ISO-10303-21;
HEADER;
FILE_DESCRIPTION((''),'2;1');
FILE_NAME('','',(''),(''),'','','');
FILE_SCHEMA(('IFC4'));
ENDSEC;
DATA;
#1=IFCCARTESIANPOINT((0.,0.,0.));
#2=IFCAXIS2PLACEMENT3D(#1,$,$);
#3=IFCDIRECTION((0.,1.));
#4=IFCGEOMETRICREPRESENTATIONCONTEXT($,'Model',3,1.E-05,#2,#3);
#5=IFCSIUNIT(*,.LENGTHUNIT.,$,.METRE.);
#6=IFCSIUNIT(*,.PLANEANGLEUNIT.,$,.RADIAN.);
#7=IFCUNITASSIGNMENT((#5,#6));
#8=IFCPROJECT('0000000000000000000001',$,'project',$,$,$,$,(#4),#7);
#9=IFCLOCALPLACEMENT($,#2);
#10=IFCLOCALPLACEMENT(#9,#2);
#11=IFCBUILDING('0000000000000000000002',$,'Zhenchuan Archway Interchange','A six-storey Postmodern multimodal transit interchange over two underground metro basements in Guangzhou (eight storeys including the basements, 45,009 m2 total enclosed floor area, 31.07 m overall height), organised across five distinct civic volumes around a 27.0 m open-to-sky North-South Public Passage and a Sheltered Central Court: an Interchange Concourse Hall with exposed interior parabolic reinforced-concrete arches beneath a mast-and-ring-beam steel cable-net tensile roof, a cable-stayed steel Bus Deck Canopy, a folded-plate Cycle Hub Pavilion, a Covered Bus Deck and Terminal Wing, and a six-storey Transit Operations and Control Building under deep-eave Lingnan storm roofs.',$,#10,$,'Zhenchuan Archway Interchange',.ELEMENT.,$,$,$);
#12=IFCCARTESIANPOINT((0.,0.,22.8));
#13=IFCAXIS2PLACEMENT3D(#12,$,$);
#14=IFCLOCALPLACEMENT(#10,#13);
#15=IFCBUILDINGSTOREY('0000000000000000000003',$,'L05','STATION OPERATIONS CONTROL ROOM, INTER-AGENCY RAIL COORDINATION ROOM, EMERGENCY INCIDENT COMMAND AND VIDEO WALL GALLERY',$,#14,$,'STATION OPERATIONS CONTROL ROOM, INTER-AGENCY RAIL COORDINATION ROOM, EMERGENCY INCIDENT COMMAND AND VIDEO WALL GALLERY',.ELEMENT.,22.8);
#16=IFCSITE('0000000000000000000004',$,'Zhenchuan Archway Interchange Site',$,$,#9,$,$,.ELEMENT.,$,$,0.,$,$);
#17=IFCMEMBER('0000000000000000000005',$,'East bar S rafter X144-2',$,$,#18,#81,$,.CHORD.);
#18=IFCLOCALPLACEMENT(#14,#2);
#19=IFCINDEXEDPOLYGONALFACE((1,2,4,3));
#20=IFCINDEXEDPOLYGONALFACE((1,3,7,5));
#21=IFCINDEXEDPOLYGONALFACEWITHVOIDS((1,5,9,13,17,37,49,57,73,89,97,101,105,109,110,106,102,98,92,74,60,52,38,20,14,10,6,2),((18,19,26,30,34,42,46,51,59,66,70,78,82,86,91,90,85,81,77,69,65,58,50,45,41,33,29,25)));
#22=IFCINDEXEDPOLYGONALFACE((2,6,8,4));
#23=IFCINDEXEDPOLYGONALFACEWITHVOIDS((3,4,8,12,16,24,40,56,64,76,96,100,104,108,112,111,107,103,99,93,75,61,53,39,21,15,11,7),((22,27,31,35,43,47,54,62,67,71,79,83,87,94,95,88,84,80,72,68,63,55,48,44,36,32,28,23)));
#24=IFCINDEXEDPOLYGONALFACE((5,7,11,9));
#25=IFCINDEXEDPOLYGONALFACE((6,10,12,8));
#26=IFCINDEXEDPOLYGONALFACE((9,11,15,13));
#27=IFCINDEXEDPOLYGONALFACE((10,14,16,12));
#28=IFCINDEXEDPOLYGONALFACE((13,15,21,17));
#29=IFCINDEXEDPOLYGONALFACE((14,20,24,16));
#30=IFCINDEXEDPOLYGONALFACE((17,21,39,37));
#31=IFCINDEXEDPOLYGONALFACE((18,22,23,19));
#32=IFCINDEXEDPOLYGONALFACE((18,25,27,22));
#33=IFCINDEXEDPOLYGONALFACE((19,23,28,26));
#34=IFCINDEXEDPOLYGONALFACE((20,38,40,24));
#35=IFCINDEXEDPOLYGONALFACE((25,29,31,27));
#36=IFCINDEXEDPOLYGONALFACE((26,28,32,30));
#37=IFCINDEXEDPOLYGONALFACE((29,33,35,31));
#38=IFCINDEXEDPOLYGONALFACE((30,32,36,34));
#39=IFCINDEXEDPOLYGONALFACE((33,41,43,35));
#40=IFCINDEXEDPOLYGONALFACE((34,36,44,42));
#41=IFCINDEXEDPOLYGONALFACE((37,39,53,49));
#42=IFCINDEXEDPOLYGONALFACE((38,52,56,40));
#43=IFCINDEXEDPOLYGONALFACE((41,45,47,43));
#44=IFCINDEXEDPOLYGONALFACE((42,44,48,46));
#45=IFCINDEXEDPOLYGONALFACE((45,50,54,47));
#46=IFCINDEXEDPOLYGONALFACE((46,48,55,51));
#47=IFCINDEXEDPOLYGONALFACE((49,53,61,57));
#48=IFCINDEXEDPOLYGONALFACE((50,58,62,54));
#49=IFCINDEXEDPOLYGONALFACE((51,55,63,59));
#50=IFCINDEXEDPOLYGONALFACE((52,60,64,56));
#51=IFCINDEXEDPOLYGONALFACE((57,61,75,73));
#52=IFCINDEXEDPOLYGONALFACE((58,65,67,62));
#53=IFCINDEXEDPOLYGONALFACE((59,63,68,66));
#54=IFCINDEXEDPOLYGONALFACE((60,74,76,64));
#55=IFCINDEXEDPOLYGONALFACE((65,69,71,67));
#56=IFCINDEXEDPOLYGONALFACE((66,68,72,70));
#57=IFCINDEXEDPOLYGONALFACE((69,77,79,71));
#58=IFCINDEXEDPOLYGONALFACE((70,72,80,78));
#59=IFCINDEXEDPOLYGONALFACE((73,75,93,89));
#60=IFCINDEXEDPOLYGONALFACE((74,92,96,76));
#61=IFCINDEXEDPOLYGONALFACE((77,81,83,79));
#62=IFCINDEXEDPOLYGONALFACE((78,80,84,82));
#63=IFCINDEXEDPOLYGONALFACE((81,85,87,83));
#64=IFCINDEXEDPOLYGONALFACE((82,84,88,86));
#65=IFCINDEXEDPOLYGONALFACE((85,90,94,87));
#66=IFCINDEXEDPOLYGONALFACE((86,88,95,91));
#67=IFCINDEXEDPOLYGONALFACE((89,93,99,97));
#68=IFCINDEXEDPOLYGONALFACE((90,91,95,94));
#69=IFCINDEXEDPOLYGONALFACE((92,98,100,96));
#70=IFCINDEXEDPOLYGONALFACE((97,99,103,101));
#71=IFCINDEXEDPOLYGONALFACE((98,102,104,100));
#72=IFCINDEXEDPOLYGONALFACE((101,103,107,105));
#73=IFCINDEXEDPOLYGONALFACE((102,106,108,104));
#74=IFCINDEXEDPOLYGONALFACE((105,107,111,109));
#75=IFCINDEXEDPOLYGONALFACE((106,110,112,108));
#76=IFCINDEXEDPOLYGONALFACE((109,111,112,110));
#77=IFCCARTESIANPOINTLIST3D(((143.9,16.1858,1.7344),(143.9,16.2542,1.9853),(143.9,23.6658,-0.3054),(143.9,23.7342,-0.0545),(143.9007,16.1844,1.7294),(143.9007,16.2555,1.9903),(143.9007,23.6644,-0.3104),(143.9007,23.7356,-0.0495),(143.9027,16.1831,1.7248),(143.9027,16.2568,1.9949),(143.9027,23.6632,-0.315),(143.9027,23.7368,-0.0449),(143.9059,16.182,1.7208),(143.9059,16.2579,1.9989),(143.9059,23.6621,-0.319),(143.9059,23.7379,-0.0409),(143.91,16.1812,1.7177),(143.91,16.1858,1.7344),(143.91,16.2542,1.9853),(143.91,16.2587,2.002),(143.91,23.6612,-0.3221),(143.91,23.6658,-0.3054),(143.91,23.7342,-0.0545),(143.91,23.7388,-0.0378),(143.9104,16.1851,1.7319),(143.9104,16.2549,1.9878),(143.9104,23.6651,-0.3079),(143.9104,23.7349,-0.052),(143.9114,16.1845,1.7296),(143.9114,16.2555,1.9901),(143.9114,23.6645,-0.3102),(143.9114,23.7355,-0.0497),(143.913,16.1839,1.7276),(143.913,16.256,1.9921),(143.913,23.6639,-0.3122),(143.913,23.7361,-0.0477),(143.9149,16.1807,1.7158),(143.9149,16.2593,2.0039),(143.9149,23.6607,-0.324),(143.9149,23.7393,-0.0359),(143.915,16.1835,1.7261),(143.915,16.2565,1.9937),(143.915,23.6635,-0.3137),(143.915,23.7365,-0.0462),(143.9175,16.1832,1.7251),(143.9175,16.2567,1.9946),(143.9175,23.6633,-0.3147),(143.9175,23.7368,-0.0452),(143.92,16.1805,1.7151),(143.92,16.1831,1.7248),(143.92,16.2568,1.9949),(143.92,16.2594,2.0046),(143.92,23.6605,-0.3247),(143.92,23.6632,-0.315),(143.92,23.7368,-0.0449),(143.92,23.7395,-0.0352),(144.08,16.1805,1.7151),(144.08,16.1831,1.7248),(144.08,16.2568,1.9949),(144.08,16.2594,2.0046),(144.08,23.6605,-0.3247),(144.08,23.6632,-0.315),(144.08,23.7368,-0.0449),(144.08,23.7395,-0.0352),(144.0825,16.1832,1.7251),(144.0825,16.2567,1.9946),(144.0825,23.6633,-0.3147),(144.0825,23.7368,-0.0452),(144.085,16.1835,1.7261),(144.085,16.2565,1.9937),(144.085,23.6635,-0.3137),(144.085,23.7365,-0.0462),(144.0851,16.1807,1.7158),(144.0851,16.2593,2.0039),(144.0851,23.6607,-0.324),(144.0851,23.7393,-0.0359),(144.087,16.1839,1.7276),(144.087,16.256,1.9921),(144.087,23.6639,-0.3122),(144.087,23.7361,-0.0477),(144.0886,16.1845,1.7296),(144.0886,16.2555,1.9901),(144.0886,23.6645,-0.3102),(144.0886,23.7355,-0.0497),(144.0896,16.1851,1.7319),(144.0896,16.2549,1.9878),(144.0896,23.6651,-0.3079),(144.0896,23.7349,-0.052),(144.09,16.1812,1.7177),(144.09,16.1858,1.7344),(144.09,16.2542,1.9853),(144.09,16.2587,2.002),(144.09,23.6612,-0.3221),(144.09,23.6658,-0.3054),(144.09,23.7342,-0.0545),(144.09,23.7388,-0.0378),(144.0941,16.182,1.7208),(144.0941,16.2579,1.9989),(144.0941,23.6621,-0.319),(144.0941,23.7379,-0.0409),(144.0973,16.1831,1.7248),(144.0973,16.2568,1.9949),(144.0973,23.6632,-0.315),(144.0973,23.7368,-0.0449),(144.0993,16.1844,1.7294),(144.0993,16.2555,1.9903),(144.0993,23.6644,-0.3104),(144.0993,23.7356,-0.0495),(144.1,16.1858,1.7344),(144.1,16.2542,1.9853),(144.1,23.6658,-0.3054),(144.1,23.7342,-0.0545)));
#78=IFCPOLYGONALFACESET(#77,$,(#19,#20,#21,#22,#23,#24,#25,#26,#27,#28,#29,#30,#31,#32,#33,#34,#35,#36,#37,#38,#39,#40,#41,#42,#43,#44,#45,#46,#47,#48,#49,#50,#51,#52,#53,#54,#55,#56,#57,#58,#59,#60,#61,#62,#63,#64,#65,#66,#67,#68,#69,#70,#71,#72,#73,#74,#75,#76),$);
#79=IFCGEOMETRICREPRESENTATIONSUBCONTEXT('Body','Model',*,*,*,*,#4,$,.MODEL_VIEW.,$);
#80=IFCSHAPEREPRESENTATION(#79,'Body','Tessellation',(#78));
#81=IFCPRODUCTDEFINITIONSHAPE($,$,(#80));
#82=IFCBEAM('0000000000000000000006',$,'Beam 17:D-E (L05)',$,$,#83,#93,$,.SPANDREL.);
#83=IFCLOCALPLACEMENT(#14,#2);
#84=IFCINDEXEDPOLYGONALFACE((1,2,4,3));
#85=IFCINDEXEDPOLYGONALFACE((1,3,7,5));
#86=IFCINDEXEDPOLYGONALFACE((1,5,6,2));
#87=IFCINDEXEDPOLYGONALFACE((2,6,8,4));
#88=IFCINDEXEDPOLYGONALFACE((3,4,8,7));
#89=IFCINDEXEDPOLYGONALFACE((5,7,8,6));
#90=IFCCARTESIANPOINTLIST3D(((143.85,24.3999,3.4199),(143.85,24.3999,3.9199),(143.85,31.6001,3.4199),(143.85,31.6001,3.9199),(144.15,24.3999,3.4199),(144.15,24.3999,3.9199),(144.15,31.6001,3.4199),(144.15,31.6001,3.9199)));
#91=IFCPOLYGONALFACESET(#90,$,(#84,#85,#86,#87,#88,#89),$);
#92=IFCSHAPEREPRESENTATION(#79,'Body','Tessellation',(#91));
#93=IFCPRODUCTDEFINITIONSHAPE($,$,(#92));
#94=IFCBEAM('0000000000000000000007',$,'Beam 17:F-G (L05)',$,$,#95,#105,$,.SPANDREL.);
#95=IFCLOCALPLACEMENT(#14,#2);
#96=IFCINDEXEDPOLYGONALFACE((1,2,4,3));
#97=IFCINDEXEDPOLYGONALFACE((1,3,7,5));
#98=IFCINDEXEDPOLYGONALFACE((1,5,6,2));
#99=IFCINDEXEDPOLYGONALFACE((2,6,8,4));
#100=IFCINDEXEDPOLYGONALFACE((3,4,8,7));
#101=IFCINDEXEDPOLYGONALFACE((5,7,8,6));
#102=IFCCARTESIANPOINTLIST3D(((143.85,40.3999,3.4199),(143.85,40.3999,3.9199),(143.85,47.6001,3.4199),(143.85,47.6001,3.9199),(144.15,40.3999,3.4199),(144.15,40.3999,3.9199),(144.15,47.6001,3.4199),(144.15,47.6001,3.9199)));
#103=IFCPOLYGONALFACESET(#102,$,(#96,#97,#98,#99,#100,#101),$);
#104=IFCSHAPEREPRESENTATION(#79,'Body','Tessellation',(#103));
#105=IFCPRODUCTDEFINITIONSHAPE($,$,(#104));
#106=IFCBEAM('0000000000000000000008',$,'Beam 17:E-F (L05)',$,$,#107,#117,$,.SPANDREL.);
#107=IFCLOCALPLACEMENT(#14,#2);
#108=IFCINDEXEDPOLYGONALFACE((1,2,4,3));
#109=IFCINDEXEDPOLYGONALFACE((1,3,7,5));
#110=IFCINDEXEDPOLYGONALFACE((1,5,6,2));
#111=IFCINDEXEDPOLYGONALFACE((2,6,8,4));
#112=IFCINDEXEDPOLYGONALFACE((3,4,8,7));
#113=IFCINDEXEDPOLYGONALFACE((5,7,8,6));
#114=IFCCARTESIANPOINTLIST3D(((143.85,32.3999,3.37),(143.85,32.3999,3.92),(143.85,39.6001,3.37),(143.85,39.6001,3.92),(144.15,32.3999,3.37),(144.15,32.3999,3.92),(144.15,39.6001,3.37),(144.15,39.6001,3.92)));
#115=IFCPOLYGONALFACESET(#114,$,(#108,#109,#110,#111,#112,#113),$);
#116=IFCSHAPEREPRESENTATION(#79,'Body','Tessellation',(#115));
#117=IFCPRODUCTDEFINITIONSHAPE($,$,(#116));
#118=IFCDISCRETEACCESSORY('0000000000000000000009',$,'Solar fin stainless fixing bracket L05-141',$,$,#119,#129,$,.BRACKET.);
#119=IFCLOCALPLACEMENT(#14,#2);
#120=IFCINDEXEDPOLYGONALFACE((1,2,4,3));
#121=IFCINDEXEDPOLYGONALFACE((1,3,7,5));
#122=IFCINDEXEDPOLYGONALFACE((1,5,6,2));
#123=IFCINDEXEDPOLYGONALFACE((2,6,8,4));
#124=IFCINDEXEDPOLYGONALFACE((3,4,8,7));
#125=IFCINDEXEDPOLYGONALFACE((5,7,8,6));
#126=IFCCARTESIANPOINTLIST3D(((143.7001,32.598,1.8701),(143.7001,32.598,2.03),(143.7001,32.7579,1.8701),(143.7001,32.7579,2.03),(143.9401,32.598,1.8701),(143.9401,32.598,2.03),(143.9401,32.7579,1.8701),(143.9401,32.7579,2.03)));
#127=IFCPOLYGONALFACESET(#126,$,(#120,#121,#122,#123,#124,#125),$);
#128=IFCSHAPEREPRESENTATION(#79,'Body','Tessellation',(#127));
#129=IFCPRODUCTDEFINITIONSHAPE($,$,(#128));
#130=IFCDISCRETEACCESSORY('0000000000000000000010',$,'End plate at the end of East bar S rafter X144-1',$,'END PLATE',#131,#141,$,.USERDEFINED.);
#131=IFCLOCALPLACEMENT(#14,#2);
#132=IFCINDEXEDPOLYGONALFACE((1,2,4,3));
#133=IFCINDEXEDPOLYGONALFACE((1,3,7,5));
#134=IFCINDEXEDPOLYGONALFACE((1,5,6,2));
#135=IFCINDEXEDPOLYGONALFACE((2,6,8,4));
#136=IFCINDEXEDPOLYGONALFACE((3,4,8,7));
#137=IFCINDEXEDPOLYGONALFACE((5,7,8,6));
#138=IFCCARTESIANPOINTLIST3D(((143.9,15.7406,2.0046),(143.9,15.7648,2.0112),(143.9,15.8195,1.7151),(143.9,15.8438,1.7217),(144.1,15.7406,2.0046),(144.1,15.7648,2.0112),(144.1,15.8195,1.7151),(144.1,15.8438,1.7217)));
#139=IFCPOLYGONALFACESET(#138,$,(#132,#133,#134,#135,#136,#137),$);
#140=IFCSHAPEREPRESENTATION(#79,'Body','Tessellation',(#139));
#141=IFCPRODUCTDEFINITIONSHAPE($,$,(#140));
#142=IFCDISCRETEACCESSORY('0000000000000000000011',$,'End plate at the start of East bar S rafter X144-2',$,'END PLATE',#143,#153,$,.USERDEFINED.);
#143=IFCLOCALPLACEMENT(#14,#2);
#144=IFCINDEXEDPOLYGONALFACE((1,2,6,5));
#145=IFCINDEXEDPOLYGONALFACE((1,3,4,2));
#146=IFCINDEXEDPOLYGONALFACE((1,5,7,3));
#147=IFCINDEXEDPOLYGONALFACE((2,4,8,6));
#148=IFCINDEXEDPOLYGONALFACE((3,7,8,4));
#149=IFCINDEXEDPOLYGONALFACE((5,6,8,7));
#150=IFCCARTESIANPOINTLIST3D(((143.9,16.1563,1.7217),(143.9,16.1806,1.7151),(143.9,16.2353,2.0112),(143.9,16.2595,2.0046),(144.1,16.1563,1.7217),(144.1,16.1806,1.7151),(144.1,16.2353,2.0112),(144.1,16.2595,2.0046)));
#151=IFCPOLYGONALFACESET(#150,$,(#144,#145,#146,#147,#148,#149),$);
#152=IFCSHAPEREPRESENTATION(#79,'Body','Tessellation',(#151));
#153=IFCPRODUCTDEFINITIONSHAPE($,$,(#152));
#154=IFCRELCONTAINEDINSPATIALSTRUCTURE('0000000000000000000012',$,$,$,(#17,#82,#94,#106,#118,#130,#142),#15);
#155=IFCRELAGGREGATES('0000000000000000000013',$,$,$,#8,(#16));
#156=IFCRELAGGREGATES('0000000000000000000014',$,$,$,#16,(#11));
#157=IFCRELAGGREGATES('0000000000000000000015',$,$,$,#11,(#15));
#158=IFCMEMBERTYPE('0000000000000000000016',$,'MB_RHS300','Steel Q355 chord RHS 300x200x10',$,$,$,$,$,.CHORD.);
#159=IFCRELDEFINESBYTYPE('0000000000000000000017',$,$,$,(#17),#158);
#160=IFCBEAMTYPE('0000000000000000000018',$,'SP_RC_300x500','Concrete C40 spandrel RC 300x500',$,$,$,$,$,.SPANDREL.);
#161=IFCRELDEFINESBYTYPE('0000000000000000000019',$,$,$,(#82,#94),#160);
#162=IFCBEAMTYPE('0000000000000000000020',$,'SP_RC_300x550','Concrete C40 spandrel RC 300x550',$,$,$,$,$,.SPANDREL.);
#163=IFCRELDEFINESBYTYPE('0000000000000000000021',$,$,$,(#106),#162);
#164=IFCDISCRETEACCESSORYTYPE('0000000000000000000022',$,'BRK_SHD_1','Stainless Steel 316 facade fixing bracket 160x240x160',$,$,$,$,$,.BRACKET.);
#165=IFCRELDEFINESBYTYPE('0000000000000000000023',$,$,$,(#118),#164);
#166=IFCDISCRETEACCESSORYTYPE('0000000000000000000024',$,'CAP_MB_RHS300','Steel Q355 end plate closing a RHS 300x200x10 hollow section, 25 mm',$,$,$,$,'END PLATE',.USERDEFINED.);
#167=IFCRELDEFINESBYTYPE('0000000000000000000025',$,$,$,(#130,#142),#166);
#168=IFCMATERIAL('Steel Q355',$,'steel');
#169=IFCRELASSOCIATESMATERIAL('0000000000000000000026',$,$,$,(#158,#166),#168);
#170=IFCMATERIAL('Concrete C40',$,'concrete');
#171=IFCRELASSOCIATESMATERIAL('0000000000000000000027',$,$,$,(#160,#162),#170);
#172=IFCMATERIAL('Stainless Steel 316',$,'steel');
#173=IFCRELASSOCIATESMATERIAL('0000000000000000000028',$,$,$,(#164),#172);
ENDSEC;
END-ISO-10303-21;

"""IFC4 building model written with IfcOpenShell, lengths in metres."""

from ifc_helpers import new_model, si_unit, direction, frame, origin, origin_2d, place, context, subcontext, project, spatial, rectangle, hollow_rectangle, extrude, material, material_profile, profile_set, type_object, element, save


model = new_model("IFC4")

# Units and contexts
model_context = context("Model", 3, precision=1e-05, world=origin(), true_north=direction((0.0, 1.0)))
body_context = subcontext(model_context, "Body", "Model", "MODEL_VIEW")
ifc_project = project(units=[si_unit("LENGTHUNIT", "METRE"), si_unit("PLANEANGLEUNIT", "RADIAN")], contexts=[model_context])

# Site, building, storey
site_placement = place(None, origin())
site = spatial("IfcSite", under=ifc_project, at=site_placement, Name="Zhenchuan Archway Interchange Site", CompositionType="ELEMENT", RefElevation=0.0)
building_placement = place(site_placement, origin())
building = spatial("IfcBuilding", under=site, at=building_placement, Name="Zhenchuan Archway Interchange", Description="A six-storey Postmodern multimodal transit interchange over two underground metro basements in Guangzhou (eight storeys including the basements, 45,009 m2 total enclosed floor area, 31.07 m overall height), organised across five distinct civic volumes around a 27.0 m open-to-sky North-South Public Passage and a Sheltered Central Court: an Interchange Concourse Hall with exposed interior parabolic reinforced-concrete arches beneath a mast-and-ring-beam steel cable-net tensile roof, a cable-stayed steel Bus Deck Canopy, a folded-plate Cycle Hub Pavilion, a Covered Bus Deck and Terminal Wing, and a six-storey Transit Operations and Control Building under deep-eave Lingnan storm roofs.", LongName="Zhenchuan Archway Interchange", CompositionType="ELEMENT")
storey_placement = place(building_placement, frame((0.0, 0.0, 22.8)))
storey = spatial("IfcBuildingStorey", under=building, at=storey_placement, Name="L05", Description="STATION OPERATIONS CONTROL ROOM, INTER-AGENCY RAIL COORDINATION ROOM, EMERGENCY INCIDENT COMMAND AND VIDEO WALL GALLERY", LongName="STATION OPERATIONS CONTROL ROOM, INTER-AGENCY RAIL COORDINATION ROOM, EMERGENCY INCIDENT COMMAND AND VIDEO WALL GALLERY", CompositionType="ELEMENT", Elevation=22.8)

# Shared definitions
ifc_material_1 = material(Name="Concrete C40", Category="concrete")
ifc_material_2 = material(Name="Steel Q355", Category="steel")

# Member
ifc_material_profile_1 = material_profile(ifc_material_2, hollow_rectangle(XDim=0.2, YDim=0.3, WallThickness=0.01, InnerFilletRadius=0.01, OuterFilletRadius=0.02, at=origin_2d()), Name="RHS 300x200x10")
ifc_profile_set_1 = profile_set([ifc_material_profile_1], Name="Steel Q355")
member_type_1 = type_object("IfcMemberType", Name="MB_RHS300", Description="Steel Q355 chord RHS 300x200x10", PredefinedType="CHORD", material=ifc_profile_set_1)
for number, where, z_axis, x_axis, name in (
    (1, (144.0, 16.22, 1.8599), (0.0, 0.96477, -0.263093), (-1.0, 0.0, 0.0), "East bar S rafter X144-2"),
):
    element("IfcMember", number, at=place(storey_placement, frame(where, z_axis=z_axis, x_axis=x_axis)), inside=storey, type_object=member_type_1, Name=name, PredefinedType="CHORD", context=body_context, shape_type="SweptSolid", body=[
        extrude(hollow_rectangle(XDim=0.2, YDim=0.3, WallThickness=0.01, InnerFilletRadius=0.01, OuterFilletRadius=0.02, at=origin_2d()), origin(), (0.0, 0.0, 1.0), 7.7532),
    ])

# Beams
ifc_material_profile_2 = material_profile(ifc_material_1, rectangle(XDim=0.3, YDim=0.5, at=origin_2d()), Name="RC 300x500")
ifc_profile_set_2 = profile_set([ifc_material_profile_2], Name="Concrete C40")
beam_type_1 = type_object("IfcBeamType", Name="SP_RC_300x500", Description="Concrete C40 spandrel RC 300x500", PredefinedType="SPANDREL", material=ifc_profile_set_2)
for number, where, z_axis, x_axis, name in (
    (2, (144.0, 24.3999, 3.6699), (0.0, 1.0, 0.0), (-1.0, 0.0, 0.0), "Beam 17:D-E (L05)"),
    (3, (144.0, 40.3999, 3.6699), (0.0, 1.0, 0.0), (-1.0, 0.0, 0.0), "Beam 17:F-G (L05)"),
):
    element("IfcBeam", number, at=place(storey_placement, frame(where, z_axis=z_axis, x_axis=x_axis)), inside=storey, type_object=beam_type_1, Name=name, PredefinedType="SPANDREL", context=body_context, shape_type="SweptSolid", body=[
        extrude(rectangle(XDim=0.3, YDim=0.5, at=origin_2d()), origin(), (0.0, 0.0, 1.0), 7.2002),
    ])
ifc_material_profile_3 = material_profile(ifc_material_1, rectangle(XDim=0.3, YDim=0.55, at=origin_2d()), Name="RC 300x550")
ifc_profile_set_3 = profile_set([ifc_material_profile_3], Name="Concrete C40")
beam_type_2 = type_object("IfcBeamType", Name="SP_RC_300x550", Description="Concrete C40 spandrel RC 300x550", PredefinedType="SPANDREL", material=ifc_profile_set_3)
beam_placement = place(storey_placement, frame((144.0, 32.3999, 3.645), z_axis=(0.0, 1.0, 0.0), x_axis=(-1.0, 0.0, 0.0)))
element("IfcBeam", 4, at=beam_placement, inside=storey, type_object=beam_type_2, Name="Beam 17:E-F (L05)", PredefinedType="SPANDREL", context=body_context, shape_type="SweptSolid", body=[
    extrude(rectangle(XDim=0.3, YDim=0.55, at=origin_2d()), origin(), (0.0, 0.0, 1.0), 7.2002),
])

# Discrete accessories
ifc_material_3 = material(Name="Stainless Steel 316", Category="steel")
discrete_accessory_type_1 = type_object("IfcDiscreteAccessoryType", Name="BRK_SHD_1", Description="Stainless Steel 316 facade fixing bracket 160x240x160", PredefinedType="BRACKET", material=ifc_material_3)
discrete_accessory_placement = place(storey_placement, frame((143.8201, 32.678, 1.8701), z_axis=(0.0, 0.0, 1.0), x_axis=(0.0, 1.0, 0.0)))
element("IfcDiscreteAccessory", 5, at=discrete_accessory_placement, inside=storey, type_object=discrete_accessory_type_1, Name="Solar fin stainless fixing bracket L05-141", PredefinedType="BRACKET", context=body_context, shape_type="SweptSolid", body=[
    extrude(rectangle(XDim=0.1599, YDim=0.24, at=origin_2d()), origin(), (0.0, 0.0, 1.0), 0.1599),
])
discrete_accessory_type_2 = type_object("IfcDiscreteAccessoryType", Name="CAP_MB_RHS300", Description="Steel Q355 end plate closing a RHS 300x200x10 hollow section, 25 mm", ElementType="END PLATE", PredefinedType="USERDEFINED", material=ifc_material_2)
for number, where, z_axis, x_axis, name in (
    (6, (144.0, 15.78, 1.8599), (0.0, 0.964764, 0.263117), (-1.0, 0.0, 0.0), "End plate at the end of East bar S rafter X144-1"),
    (7, (144.0, 16.1958, 1.8665), (0.0, 0.964764, -0.263117), (-1.0, 0.0, 0.0), "End plate at the start of East bar S rafter X144-2"),
):
    element("IfcDiscreteAccessory", number, at=place(storey_placement, frame(where, z_axis=z_axis, x_axis=x_axis)), inside=storey, type_object=discrete_accessory_type_2, Name=name, ObjectType="END PLATE", PredefinedType="USERDEFINED", context=body_context, shape_type="SweptSolid", body=[
        extrude(rectangle(XDim=0.2, YDim=0.3, at=origin_2d()), origin(), (0.0, 0.0, 1.0), 0.0251),
    ])

save(model, "model.ifc")
